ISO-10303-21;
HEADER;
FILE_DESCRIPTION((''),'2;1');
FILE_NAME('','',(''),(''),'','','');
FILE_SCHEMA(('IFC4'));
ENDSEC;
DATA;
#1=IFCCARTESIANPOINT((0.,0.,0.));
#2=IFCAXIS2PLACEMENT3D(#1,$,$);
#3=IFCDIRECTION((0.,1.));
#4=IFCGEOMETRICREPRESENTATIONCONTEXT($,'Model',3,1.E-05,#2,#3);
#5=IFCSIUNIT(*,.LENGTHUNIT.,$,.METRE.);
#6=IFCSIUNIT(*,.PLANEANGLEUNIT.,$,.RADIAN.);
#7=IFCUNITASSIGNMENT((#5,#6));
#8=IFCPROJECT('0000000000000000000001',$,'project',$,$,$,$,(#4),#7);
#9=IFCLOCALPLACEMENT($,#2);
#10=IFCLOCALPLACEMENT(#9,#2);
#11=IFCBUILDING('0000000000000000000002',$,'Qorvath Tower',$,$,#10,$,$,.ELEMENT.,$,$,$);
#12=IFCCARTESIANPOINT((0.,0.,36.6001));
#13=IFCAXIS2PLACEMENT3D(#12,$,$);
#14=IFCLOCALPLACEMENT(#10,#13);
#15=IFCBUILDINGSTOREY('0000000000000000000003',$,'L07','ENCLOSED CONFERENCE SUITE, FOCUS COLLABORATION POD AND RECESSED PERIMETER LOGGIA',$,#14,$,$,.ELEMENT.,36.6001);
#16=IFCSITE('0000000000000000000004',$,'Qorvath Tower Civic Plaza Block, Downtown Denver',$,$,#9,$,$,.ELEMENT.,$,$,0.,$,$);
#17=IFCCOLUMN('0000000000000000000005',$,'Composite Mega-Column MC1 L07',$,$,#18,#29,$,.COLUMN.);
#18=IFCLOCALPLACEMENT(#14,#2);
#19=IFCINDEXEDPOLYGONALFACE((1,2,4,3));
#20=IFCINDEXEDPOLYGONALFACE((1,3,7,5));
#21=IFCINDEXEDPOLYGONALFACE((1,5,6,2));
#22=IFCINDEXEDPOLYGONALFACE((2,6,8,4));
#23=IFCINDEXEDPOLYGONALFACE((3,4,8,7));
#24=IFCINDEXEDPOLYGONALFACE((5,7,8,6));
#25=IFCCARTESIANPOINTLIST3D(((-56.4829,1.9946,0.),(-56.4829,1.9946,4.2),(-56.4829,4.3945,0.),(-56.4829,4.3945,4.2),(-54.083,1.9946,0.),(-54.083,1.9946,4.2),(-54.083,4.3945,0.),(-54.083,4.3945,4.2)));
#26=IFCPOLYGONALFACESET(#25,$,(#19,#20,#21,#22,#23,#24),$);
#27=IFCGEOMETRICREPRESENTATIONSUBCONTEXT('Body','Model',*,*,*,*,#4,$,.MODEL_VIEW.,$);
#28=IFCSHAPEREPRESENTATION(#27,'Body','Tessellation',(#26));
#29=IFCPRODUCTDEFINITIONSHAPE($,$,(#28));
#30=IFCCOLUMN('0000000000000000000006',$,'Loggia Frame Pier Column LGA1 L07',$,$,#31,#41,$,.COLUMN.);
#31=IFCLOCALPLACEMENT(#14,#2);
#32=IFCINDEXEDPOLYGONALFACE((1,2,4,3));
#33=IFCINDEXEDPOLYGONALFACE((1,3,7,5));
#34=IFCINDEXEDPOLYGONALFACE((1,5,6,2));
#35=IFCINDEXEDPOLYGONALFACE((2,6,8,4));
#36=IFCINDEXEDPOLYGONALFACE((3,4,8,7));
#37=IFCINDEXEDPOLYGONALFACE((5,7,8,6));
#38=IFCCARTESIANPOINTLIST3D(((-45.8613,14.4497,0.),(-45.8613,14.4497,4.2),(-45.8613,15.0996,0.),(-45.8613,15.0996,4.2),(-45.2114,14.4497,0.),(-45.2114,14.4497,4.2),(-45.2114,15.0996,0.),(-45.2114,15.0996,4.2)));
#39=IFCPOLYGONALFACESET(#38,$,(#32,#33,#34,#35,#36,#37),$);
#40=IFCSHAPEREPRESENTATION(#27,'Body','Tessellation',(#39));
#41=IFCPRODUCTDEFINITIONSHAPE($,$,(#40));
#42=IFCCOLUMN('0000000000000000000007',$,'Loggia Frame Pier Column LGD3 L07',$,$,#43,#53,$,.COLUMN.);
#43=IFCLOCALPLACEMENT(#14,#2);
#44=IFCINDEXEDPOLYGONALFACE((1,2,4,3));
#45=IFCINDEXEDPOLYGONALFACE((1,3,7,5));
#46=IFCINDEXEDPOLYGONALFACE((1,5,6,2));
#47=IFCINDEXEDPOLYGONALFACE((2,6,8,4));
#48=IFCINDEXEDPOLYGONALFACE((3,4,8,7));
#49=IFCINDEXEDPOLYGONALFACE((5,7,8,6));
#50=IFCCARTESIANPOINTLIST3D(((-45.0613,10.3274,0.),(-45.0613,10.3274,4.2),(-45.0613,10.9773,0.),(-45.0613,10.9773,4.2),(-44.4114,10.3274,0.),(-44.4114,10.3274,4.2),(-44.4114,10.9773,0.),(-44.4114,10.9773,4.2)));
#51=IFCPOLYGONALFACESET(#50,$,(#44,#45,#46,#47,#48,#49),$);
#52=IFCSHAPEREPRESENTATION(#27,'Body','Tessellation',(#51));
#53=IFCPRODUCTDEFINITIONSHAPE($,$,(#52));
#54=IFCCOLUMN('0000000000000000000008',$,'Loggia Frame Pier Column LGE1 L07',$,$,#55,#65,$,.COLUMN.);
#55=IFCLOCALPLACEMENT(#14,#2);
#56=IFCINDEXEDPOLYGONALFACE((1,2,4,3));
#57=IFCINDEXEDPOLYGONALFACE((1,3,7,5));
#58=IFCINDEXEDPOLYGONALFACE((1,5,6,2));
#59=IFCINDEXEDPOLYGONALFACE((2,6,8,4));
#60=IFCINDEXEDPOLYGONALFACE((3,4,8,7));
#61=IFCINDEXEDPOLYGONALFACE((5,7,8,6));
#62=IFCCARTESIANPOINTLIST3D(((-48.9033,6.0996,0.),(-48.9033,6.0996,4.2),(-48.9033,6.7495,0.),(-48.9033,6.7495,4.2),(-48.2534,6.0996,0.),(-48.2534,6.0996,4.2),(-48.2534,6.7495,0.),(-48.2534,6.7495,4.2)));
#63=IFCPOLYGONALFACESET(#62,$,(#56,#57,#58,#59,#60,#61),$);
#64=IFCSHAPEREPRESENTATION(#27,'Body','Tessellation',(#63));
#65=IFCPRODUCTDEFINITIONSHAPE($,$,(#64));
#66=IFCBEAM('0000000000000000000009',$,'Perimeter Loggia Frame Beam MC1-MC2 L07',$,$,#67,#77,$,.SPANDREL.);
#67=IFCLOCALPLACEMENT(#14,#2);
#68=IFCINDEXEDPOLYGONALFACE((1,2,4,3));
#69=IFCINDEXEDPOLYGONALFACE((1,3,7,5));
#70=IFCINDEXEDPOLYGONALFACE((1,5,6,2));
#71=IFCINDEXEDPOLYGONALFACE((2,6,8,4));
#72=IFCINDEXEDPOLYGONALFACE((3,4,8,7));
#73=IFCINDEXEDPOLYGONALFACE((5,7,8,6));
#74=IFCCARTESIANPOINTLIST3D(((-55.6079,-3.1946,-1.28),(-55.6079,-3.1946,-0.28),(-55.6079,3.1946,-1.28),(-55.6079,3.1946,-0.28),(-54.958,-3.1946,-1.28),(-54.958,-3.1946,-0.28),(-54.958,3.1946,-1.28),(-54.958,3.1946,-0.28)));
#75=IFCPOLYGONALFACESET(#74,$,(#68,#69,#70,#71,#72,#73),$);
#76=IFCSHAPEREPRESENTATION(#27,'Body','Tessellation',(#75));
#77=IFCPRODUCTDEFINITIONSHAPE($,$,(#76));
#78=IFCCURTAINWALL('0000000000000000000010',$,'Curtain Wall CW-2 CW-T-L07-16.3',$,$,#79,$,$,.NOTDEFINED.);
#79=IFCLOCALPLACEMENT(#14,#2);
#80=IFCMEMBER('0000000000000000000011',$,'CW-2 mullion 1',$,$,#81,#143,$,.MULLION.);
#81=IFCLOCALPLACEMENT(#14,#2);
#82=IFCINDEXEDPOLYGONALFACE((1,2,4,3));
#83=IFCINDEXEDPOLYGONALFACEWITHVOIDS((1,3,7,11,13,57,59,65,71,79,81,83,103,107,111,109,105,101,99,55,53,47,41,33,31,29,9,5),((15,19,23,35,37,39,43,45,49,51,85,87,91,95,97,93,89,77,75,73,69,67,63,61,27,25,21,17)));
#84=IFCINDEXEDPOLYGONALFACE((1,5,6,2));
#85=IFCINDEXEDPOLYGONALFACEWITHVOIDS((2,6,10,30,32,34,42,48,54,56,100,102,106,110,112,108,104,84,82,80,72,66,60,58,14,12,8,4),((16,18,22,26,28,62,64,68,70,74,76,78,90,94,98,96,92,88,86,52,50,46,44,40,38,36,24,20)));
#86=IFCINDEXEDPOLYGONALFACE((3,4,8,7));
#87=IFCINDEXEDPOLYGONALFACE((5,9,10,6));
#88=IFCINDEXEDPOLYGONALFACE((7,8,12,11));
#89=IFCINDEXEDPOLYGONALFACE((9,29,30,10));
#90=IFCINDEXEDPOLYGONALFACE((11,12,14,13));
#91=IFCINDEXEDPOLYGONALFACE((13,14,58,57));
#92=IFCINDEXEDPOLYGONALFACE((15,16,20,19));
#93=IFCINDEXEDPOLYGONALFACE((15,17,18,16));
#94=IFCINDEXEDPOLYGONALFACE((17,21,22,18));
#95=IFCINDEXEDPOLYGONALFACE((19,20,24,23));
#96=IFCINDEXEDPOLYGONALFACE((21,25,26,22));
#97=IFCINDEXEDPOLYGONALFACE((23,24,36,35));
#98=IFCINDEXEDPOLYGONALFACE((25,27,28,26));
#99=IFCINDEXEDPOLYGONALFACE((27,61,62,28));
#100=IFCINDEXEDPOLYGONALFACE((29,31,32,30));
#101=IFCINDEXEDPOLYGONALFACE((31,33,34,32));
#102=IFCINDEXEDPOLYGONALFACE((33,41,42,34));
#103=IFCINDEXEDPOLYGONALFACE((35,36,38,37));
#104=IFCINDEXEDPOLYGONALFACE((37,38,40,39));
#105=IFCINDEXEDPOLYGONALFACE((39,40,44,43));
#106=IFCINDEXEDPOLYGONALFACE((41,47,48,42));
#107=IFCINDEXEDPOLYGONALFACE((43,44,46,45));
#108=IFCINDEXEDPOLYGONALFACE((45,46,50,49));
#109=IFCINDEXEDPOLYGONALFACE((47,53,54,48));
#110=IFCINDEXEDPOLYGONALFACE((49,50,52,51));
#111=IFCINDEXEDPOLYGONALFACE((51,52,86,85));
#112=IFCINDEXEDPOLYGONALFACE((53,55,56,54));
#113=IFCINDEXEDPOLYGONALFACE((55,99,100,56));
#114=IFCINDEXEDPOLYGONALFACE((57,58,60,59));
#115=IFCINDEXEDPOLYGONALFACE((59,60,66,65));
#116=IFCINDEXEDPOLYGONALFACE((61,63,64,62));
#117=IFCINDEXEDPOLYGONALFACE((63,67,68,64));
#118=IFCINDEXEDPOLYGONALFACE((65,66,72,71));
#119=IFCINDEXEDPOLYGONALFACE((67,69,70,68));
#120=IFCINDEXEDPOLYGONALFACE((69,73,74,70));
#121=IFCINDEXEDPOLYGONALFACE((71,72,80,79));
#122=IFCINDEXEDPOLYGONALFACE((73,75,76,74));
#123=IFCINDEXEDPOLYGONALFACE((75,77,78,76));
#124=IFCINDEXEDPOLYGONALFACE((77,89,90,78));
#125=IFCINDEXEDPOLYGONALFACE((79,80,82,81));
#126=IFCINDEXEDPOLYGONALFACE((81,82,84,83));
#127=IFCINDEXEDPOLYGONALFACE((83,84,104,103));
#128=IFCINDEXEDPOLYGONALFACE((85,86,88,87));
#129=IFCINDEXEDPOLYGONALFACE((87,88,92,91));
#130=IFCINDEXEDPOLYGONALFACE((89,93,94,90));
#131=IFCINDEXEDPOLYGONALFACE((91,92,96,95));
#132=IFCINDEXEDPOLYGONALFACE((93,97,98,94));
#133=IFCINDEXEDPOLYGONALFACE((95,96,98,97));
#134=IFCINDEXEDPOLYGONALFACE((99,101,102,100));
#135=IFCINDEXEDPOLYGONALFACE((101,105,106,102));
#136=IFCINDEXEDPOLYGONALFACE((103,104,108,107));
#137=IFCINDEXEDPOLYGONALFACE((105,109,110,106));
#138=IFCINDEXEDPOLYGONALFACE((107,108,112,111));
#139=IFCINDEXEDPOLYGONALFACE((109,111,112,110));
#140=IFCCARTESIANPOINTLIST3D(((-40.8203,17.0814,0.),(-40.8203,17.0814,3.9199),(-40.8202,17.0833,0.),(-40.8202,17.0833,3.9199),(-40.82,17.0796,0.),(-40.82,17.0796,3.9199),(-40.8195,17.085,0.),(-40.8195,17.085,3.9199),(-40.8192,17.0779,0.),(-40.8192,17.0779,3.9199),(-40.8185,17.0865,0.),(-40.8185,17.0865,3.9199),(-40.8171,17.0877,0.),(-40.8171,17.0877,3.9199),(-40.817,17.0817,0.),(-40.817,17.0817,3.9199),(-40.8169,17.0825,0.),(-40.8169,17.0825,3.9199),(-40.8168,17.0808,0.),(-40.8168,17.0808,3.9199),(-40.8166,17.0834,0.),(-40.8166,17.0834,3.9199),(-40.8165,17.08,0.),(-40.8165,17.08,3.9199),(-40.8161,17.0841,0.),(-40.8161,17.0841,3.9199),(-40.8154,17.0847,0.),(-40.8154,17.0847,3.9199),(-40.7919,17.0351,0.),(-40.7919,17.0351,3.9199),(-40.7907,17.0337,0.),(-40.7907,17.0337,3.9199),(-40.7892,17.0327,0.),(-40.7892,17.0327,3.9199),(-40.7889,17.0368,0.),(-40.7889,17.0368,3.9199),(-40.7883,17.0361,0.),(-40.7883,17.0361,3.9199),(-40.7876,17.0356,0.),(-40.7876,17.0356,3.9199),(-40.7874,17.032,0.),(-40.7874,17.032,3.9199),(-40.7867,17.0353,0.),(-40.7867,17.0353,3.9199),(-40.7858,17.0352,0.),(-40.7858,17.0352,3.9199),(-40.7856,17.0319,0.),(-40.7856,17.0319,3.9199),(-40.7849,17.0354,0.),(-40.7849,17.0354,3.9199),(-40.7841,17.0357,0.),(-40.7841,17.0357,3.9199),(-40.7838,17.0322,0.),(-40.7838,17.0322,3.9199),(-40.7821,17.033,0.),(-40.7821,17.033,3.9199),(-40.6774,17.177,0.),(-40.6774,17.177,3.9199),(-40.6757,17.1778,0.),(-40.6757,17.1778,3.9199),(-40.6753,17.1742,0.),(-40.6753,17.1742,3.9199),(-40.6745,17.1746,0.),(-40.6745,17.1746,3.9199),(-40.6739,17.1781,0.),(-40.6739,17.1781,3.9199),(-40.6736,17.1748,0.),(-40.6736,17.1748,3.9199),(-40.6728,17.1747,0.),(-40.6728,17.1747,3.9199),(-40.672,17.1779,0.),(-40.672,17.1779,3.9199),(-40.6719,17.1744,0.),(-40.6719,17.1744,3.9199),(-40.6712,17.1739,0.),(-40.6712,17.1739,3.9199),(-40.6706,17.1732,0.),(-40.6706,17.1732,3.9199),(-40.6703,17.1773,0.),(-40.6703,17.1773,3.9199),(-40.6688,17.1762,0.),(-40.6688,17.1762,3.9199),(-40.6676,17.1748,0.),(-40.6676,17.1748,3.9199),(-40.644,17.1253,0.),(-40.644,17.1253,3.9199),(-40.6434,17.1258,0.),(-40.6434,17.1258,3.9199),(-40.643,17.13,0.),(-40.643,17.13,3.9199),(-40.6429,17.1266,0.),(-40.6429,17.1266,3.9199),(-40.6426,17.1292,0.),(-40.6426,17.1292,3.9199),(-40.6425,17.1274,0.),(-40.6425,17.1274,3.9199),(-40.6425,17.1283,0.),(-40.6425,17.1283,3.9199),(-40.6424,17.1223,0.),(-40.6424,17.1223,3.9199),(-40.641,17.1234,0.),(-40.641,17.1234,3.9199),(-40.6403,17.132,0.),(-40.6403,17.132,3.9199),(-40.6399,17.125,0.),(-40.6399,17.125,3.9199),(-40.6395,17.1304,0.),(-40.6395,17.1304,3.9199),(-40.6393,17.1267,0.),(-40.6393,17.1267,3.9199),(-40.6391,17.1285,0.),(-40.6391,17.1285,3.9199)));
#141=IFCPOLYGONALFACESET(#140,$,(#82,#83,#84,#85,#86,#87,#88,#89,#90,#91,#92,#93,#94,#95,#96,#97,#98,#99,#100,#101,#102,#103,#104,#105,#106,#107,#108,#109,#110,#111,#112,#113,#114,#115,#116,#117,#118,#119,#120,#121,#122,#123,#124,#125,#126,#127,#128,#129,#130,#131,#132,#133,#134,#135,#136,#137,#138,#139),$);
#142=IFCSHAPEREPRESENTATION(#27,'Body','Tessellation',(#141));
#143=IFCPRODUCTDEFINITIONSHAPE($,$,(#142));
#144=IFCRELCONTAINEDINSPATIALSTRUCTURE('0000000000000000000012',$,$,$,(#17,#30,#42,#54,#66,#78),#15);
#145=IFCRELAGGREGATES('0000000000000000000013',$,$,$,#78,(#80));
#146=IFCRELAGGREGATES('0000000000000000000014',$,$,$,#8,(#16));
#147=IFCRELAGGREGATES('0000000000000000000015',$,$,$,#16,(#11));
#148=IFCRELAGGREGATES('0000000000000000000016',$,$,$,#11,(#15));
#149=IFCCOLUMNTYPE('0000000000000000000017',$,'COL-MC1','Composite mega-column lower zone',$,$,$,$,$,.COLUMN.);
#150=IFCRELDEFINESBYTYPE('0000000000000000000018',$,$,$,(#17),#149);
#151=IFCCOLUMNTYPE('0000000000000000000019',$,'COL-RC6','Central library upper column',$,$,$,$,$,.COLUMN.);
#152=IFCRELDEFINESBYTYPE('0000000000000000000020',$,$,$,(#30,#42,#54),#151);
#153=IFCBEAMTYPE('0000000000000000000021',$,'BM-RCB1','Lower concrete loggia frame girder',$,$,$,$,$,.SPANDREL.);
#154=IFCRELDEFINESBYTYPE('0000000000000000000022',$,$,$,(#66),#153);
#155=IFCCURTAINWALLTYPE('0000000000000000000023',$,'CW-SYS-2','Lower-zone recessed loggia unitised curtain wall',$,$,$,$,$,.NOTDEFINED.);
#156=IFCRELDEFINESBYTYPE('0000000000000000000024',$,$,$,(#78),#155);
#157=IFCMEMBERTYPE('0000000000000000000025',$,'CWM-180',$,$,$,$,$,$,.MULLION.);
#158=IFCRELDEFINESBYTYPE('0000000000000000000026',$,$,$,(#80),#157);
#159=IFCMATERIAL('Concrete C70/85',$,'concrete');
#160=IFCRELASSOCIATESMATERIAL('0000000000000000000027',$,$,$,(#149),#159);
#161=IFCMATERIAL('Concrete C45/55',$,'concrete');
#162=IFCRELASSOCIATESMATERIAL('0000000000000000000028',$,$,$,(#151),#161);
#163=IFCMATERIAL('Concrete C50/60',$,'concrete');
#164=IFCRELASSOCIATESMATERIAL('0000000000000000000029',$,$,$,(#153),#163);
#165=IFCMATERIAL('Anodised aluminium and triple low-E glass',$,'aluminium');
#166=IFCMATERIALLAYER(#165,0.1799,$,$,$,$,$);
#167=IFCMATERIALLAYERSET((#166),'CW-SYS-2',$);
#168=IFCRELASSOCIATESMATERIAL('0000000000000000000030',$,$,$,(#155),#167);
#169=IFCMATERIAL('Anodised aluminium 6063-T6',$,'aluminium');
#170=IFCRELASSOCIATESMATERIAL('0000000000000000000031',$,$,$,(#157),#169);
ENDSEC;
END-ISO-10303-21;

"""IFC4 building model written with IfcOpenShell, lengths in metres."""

from ifc_helpers import new_model, si_unit, direction, frame, origin, origin_2d, place, context, subcontext, project, spatial, rectangle, hollow_rectangle, extrude, material, layer, layer_set, material_profile, profile_set, type_object, element, aggregate, save


model = new_model("IFC4")

# Units and contexts
model_context = context("Model", 3, precision=1e-05, world=origin(), true_north=direction((0.0, 1.0)))
body_context = subcontext(model_context, "Body", "Model", "MODEL_VIEW")
ifc_project = project(units=[si_unit("LENGTHUNIT", "METRE"), si_unit("PLANEANGLEUNIT", "RADIAN")], contexts=[model_context])

# Site, building, storey
site_placement = place(None, origin())
site = spatial("IfcSite", under=ifc_project, at=site_placement, Name="Qorvath Tower Civic Plaza Block, Downtown Denver", CompositionType="ELEMENT", RefElevation=0.0)
building_placement = place(site_placement, origin())
building = spatial("IfcBuilding", under=site, at=building_placement, Name="Qorvath Tower", CompositionType="ELEMENT")
storey_placement = place(building_placement, frame((0.0, 0.0, 36.6001)))
storey = spatial("IfcBuildingStorey", under=building, at=storey_placement, Name="L07", Description="ENCLOSED CONFERENCE SUITE, FOCUS COLLABORATION POD AND RECESSED PERIMETER LOGGIA", CompositionType="ELEMENT", Elevation=36.6001)

# Columns
ifc_material_1 = material(Name="Concrete C70/85", Category="concrete")
ifc_material_profile_1 = material_profile(ifc_material_1, rectangle(XDim=2.3999, YDim=2.3999, at=origin_2d()), Name="MC 2400x2400")
ifc_profile_set_1 = profile_set([ifc_material_profile_1], Name="Concrete C70/85")
column_type_1 = type_object("IfcColumnType", Name="COL-MC1", Description="Composite mega-column lower zone", PredefinedType="COLUMN", material=ifc_profile_set_1)
column_placement = place(storey_placement, frame((-55.283, 3.1946, 0.0), z_axis=(0.0, 0.0, 1.0), x_axis=(1.0, 0.0, 0.0)))
element("IfcColumn", 1, at=column_placement, inside=storey, type_object=column_type_1, Name="Composite Mega-Column MC1 L07", PredefinedType="COLUMN", context=body_context, shape_type="SweptSolid", body=[
    extrude(rectangle(XDim=2.3999, YDim=2.3999, at=origin_2d()), origin(), (0.0, 0.0, 1.0), 4.2),
])
ifc_material_2 = material(Name="Concrete C45/55", Category="concrete")
ifc_material_profile_2 = material_profile(ifc_material_2, rectangle(XDim=0.6499, YDim=0.6499, at=origin_2d()), Name="RC 650x650")
ifc_profile_set_2 = profile_set([ifc_material_profile_2], Name="Concrete C45/55")
column_type_2 = type_object("IfcColumnType", Name="COL-RC6", Description="Central library upper column", PredefinedType="COLUMN", material=ifc_profile_set_2)
for number, where, z_axis, x_axis, name in (
    (2, (-45.5364, 14.7747, 0.0), (0.0, 0.0, 1.0), (1.0, 0.0, 0.0), "Loggia Frame Pier Column LGA1 L07"),
    (3, (-44.7363, 10.6523, 0.0), (0.0, 0.0, 1.0), (1.0, 0.0, 0.0), "Loggia Frame Pier Column LGD3 L07"),
    (4, (-48.5784, 6.4246, 0.0), (0.0, 0.0, 1.0), (1.0, 0.0, 0.0), "Loggia Frame Pier Column LGE1 L07"),
):
    element("IfcColumn", number, at=place(storey_placement, frame(where, z_axis=z_axis, x_axis=x_axis)), inside=storey, type_object=column_type_2, Name=name, PredefinedType="COLUMN", context=body_context, shape_type="SweptSolid", body=[
        extrude(rectangle(XDim=0.6499, YDim=0.6499, at=origin_2d()), origin(), (0.0, 0.0, 1.0), 4.2),
    ])

# Beam
ifc_material_3 = material(Name="Concrete C50/60", Category="concrete")
ifc_material_profile_3 = material_profile(ifc_material_3, rectangle(XDim=0.6499, YDim=1.0, at=origin_2d()), Name="RCB 1000x650")
ifc_profile_set_3 = profile_set([ifc_material_profile_3], Name="Concrete C50/60")
beam_type = type_object("IfcBeamType", Name="BM-RCB1", Description="Lower concrete loggia frame girder", PredefinedType="SPANDREL", material=ifc_profile_set_3)
beam_placement = place(storey_placement, frame((-55.283, 3.1946, -0.78), z_axis=(0.0, -1.0, 0.0), x_axis=(1.0, 0.0, 0.0)))
element("IfcBeam", 5, at=beam_placement, inside=storey, type_object=beam_type, Name="Perimeter Loggia Frame Beam MC1-MC2 L07", PredefinedType="SPANDREL", context=body_context, shape_type="SweptSolid", body=[
    extrude(rectangle(XDim=0.6499, YDim=1.0, at=origin_2d()), origin(), (0.0, 0.0, 1.0), 6.3892),
])

# Curtain wall, member
ifc_material_4 = material(Name="Anodised aluminium and triple low-E glass", Category="aluminium")
ifc_layer_1 = layer(ifc_material_4, 0.1799)
ifc_layer_set_1 = layer_set([ifc_layer_1], Name="CW-SYS-2")
curtain_wall_type = type_object("IfcCurtainWallType", Name="CW-SYS-2", Description="Lower-zone recessed loggia unitised curtain wall", PredefinedType="NOTDEFINED", material=ifc_layer_set_1)
curtain_wall_placement = place(storey_placement, origin())
curtain_wall = element("IfcCurtainWall", 6, at=curtain_wall_placement, inside=storey, type_object=curtain_wall_type, Name="Curtain Wall CW-2 CW-T-L07-16.3", PredefinedType="NOTDEFINED")
ifc_material_5 = material(Name="Anodised aluminium 6063-T6", Category="aluminium")
ifc_material_profile_4 = material_profile(ifc_material_5, hollow_rectangle(XDim=0.0649, YDim=0.1799, WallThickness=0.0034, InnerFilletRadius=0.0034, OuterFilletRadius=0.0071, at=origin_2d()), Name="CWM 180x65")
ifc_profile_set_4 = profile_set([ifc_material_profile_4], Name="Anodised aluminium 6063-T6")
member_type_1 = type_object("IfcMemberType", Name="CWM-180", PredefinedType="MULLION", material=ifc_profile_set_4)
member_1_placement = place(storey_placement, frame((-40.7297, 17.105, 0.0), z_axis=(0.0, 0.0, 1.0), x_axis=(0.538529, -0.842607, 0.0)))
member_1 = element("IfcMember", 7, at=member_1_placement, type_object=member_type_1, Name="CW-2 mullion 1", PredefinedType="MULLION", context=body_context, shape_type="SweptSolid", body=[
    extrude(hollow_rectangle(XDim=0.0649, YDim=0.1799, WallThickness=0.0034, InnerFilletRadius=0.0034, OuterFilletRadius=0.0071, at=origin_2d()), origin(), (0.0, 0.0, 1.0), 3.9199),
])

aggregate(curtain_wall, [member_1])

save(model, "model.ifc")
